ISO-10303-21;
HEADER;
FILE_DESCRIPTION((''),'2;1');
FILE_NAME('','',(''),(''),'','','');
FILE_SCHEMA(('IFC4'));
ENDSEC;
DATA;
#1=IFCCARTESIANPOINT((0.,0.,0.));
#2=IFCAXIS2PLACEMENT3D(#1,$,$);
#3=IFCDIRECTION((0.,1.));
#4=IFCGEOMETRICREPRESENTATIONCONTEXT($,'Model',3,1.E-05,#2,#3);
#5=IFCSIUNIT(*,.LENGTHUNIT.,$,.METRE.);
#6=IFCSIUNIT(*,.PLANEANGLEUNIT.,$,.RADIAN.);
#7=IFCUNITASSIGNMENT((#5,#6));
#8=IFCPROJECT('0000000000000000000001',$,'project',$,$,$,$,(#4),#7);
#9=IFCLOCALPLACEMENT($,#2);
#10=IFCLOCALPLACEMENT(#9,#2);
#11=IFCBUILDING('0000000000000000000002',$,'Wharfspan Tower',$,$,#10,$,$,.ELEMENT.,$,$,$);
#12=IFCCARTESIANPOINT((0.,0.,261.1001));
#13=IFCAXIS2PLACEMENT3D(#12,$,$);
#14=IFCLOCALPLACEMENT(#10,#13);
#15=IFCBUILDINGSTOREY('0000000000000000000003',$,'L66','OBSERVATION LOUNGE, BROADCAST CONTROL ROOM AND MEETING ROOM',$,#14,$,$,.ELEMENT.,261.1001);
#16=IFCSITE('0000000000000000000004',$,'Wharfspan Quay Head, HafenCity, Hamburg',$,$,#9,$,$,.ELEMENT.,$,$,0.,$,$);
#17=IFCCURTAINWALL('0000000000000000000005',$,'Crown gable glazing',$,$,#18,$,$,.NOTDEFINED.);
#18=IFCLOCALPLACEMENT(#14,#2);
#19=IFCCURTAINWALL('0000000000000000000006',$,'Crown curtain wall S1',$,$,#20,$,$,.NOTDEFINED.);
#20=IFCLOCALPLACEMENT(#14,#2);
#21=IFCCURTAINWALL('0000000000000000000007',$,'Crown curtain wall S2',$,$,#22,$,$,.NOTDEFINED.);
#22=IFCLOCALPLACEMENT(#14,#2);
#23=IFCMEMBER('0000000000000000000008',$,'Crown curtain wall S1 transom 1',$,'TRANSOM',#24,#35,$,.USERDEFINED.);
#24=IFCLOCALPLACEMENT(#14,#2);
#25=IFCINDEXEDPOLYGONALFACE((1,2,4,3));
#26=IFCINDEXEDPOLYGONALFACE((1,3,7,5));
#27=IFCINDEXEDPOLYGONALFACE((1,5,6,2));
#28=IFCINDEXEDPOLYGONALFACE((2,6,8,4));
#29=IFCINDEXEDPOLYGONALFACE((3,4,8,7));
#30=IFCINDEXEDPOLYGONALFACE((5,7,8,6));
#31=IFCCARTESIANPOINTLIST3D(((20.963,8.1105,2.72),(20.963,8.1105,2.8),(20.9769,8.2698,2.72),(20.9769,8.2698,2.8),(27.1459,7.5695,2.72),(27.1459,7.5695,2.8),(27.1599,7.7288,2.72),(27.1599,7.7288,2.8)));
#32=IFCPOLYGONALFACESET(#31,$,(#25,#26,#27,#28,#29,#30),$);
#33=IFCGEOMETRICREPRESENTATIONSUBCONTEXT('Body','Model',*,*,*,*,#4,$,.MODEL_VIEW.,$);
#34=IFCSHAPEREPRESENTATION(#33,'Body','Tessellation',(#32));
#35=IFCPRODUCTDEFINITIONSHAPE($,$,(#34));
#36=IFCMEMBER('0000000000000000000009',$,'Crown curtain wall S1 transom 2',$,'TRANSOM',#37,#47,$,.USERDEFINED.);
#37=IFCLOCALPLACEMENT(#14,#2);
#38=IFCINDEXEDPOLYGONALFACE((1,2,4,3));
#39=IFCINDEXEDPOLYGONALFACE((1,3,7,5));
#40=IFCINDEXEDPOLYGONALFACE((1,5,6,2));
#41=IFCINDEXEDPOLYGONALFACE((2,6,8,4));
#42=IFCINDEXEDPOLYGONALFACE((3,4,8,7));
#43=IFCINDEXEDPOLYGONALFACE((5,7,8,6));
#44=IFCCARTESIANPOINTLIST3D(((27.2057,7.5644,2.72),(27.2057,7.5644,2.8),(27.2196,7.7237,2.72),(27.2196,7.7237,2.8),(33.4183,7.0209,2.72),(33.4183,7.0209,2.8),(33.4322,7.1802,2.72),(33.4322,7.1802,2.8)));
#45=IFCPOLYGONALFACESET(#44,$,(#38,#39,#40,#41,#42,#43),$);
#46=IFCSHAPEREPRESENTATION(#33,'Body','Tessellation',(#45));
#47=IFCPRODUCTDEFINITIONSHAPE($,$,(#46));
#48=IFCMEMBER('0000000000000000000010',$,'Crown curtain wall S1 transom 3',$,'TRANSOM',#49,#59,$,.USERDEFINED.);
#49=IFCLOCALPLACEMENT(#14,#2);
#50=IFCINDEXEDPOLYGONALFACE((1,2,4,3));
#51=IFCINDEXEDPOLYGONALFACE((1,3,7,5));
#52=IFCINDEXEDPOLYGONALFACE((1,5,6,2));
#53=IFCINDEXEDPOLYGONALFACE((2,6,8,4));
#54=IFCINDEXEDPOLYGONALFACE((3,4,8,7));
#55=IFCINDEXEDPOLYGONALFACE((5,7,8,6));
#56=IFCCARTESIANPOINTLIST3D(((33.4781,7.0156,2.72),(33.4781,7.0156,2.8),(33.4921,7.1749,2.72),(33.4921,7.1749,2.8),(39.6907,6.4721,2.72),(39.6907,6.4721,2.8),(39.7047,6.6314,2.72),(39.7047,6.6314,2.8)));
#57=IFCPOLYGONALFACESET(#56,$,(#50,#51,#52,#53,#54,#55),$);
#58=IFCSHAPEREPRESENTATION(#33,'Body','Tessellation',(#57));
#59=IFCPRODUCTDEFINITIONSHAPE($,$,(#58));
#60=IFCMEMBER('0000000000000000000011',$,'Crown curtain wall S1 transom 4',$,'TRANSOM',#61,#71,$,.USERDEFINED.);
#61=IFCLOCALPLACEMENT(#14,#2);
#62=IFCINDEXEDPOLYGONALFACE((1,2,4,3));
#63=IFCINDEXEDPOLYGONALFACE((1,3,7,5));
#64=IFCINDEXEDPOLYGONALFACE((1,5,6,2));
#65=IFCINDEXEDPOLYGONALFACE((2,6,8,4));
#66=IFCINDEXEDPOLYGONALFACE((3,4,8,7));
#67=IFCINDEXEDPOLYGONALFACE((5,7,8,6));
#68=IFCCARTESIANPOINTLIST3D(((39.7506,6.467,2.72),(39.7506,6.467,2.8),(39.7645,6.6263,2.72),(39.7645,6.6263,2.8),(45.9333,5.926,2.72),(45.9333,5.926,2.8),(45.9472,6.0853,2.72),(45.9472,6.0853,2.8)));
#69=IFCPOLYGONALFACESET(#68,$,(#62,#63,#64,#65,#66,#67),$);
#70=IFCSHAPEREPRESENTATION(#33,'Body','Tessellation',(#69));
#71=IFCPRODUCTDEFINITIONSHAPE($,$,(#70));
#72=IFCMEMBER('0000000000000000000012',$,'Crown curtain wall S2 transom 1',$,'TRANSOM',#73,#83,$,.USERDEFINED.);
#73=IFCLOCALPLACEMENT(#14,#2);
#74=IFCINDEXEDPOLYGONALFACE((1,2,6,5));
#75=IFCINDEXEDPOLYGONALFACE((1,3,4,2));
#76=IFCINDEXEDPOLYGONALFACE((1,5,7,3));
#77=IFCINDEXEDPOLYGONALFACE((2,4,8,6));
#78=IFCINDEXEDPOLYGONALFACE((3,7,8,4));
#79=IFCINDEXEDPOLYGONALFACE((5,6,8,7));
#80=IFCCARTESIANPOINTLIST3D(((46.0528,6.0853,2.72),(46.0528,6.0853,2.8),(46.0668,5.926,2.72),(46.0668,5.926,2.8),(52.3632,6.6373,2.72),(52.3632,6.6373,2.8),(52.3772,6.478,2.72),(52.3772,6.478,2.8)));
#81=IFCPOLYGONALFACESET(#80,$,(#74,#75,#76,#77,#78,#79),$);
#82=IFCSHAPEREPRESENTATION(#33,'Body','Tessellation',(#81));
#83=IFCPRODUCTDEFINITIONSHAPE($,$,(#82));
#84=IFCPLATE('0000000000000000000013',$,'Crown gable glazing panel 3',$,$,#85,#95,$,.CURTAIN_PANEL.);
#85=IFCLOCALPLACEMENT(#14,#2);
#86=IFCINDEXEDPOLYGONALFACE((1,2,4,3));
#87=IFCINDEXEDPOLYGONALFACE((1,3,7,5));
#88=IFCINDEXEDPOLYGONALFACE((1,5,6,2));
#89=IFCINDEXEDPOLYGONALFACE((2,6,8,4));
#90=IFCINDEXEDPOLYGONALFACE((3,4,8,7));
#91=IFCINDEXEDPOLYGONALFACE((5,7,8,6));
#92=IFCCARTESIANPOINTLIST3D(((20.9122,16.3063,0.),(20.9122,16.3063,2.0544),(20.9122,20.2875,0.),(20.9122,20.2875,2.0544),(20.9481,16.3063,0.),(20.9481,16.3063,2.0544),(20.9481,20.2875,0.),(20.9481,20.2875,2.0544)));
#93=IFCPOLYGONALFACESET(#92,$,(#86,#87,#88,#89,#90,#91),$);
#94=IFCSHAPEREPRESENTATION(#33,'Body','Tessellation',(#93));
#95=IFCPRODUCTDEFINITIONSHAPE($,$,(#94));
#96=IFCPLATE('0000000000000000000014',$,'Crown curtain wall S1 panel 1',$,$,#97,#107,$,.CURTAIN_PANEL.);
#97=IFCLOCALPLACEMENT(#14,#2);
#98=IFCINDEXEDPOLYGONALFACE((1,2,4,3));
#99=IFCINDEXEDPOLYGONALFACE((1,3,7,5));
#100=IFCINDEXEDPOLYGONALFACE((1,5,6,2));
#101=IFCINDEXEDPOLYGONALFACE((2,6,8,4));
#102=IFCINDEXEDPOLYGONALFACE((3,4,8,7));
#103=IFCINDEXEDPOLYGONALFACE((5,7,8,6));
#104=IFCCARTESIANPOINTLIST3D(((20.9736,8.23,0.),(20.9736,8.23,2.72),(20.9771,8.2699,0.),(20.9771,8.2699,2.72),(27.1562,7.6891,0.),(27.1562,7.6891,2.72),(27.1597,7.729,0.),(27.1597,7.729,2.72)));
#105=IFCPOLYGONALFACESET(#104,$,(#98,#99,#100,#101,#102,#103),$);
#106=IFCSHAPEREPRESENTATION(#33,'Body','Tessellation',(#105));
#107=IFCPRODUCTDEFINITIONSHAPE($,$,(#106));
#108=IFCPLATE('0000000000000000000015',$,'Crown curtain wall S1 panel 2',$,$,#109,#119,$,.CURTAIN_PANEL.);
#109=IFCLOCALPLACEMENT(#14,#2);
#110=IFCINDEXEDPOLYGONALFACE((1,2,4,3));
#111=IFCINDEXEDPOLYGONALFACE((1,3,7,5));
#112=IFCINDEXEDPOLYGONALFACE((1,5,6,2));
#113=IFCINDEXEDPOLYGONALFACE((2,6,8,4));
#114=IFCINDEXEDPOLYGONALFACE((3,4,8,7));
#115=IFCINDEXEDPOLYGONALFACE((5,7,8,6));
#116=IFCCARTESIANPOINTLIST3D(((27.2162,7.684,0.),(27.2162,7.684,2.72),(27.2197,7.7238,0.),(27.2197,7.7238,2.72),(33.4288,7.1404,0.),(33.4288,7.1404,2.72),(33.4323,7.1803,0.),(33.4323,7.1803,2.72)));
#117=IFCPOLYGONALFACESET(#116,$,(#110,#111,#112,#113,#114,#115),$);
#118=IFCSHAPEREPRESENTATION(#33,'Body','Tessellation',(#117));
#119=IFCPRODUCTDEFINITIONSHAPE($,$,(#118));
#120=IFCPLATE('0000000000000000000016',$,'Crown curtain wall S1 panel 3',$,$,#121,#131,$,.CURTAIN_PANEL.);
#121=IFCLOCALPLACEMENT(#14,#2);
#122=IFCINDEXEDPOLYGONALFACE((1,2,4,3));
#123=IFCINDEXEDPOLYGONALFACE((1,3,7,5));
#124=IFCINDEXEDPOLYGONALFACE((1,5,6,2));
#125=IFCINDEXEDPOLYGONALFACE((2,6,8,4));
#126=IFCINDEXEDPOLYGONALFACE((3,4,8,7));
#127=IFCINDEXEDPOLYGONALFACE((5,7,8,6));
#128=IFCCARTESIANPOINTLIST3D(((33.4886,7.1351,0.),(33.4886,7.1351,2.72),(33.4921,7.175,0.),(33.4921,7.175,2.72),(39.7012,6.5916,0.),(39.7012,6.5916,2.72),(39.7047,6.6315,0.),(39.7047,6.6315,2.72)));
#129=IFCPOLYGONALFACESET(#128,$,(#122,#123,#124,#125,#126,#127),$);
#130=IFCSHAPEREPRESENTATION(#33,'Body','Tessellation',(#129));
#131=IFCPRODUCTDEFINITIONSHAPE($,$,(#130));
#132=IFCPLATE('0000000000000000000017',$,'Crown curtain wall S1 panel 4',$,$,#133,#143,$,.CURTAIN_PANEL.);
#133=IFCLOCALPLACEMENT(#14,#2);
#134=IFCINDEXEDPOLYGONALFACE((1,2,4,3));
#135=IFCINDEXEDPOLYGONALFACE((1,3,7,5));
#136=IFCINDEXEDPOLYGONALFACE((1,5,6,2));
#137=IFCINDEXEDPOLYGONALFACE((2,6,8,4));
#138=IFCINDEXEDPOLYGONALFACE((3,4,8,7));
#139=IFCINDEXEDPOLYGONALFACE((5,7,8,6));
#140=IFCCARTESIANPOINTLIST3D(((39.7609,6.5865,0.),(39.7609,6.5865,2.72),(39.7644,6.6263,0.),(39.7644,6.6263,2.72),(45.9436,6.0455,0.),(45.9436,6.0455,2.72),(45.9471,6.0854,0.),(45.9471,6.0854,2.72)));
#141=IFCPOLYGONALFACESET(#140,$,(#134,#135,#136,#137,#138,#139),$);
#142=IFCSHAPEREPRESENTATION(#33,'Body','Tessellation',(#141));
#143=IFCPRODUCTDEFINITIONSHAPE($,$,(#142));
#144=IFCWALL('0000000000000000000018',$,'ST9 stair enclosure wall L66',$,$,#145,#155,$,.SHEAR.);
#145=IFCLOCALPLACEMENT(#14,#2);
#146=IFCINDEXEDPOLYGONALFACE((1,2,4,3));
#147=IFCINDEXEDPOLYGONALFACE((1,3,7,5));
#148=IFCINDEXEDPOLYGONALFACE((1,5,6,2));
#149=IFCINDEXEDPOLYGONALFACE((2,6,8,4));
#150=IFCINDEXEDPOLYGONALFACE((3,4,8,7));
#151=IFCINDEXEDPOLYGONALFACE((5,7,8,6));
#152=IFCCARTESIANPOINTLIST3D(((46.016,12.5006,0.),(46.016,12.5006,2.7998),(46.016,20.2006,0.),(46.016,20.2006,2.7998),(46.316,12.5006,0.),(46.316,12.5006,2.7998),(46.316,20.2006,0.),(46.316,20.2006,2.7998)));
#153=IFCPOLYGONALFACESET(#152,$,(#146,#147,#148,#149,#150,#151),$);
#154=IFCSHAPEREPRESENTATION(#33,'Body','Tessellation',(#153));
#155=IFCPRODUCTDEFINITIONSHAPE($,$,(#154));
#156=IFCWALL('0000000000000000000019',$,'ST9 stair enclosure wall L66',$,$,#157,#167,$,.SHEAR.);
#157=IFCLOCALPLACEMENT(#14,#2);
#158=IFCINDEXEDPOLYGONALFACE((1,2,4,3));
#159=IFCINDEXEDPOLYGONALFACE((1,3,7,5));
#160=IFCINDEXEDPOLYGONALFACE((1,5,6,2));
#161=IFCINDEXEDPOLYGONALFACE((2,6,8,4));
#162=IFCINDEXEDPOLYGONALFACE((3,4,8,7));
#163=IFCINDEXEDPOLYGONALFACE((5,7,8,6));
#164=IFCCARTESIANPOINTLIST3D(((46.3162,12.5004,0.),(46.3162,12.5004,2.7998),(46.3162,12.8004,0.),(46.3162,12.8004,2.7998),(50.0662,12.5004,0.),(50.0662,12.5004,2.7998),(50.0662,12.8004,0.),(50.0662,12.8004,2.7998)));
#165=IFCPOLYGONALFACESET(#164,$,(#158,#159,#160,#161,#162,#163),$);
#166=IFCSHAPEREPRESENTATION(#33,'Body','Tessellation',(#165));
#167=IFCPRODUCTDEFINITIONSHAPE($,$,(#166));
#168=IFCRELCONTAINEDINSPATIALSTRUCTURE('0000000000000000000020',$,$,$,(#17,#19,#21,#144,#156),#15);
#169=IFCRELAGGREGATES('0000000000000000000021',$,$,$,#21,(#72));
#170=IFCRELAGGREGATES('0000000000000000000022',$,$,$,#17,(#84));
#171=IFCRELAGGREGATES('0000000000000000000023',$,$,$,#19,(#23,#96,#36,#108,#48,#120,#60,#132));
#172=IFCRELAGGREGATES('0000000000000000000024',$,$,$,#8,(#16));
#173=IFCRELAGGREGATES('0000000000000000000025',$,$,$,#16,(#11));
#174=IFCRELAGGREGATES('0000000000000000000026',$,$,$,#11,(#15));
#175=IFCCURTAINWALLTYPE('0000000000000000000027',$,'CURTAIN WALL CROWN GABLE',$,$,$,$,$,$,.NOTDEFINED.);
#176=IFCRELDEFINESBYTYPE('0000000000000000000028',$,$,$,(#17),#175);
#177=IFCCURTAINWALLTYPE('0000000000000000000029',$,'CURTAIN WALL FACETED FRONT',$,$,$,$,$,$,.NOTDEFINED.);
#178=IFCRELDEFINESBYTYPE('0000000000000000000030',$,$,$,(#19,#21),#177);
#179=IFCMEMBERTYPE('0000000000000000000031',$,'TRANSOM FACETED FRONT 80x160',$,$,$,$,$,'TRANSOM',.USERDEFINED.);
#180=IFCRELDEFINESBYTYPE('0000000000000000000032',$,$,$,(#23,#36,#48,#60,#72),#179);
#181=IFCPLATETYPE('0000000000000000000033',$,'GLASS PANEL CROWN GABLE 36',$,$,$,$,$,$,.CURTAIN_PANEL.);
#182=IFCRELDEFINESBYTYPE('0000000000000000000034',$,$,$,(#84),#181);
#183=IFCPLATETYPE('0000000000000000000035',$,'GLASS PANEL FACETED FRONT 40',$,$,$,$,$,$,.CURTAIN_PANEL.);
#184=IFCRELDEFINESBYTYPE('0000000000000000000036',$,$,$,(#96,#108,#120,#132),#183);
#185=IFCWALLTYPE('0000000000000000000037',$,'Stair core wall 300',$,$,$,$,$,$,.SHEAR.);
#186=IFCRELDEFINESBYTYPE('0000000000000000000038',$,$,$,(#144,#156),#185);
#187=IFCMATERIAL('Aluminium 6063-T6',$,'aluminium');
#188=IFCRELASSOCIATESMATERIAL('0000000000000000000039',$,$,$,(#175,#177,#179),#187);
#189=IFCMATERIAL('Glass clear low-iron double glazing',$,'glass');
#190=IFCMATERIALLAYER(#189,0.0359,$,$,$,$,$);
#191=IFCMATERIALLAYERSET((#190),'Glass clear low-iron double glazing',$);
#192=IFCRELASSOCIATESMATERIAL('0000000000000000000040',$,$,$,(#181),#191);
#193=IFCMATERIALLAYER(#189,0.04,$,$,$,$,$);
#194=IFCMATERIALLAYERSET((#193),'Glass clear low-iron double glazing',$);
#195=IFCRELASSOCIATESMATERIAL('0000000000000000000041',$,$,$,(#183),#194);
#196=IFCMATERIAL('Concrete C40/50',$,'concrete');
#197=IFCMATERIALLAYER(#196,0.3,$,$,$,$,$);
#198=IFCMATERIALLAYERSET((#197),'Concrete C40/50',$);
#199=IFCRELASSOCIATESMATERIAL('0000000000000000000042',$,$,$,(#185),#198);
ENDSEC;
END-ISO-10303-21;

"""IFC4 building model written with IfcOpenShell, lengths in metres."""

from ifc_helpers import new_model, si_unit, direction, frame, frame_2d, origin, origin_2d, place, context, subcontext, project, spatial, rectangle, extrude, material, layer, layer_set, material_profile, profile_set, type_object, element, aggregate, save


model = new_model("IFC4")

# Units and contexts
model_context = context("Model", 3, precision=1e-05, world=origin(), true_north=direction((0.0, 1.0)))
body_context = subcontext(model_context, "Body", "Model", "MODEL_VIEW")
ifc_project = project(units=[si_unit("LENGTHUNIT", "METRE"), si_unit("PLANEANGLEUNIT", "RADIAN")], contexts=[model_context])

# Site, building, storey
site_placement = place(None, origin())
site = spatial("IfcSite", under=ifc_project, at=site_placement, Name="Wharfspan Quay Head, HafenCity, Hamburg", CompositionType="ELEMENT", RefElevation=0.0)
building_placement = place(site_placement, origin())
building = spatial("IfcBuilding", under=site, at=building_placement, Name="Wharfspan Tower", CompositionType="ELEMENT")
storey_placement = place(building_placement, frame((0.0, 0.0, 261.1001)))
storey = spatial("IfcBuildingStorey", under=building, at=storey_placement, Name="L66", Description="OBSERVATION LOUNGE, BROADCAST CONTROL ROOM AND MEETING ROOM", CompositionType="ELEMENT", Elevation=261.1001)

# Curtain wall
ifc_material_1 = material(Name="Aluminium 6063-T6", Category="aluminium")
curtain_wall_type_1 = type_object("IfcCurtainWallType", Name="CURTAIN WALL CROWN GABLE", PredefinedType="NOTDEFINED", material=ifc_material_1)
curtain_wall_1_placement = place(storey_placement, origin())
curtain_wall_1 = element("IfcCurtainWall", 1, at=curtain_wall_1_placement, inside=storey, type_object=curtain_wall_type_1, Name="Crown gable glazing", PredefinedType="NOTDEFINED")

# Curtain wall
curtain_wall_type_2 = type_object("IfcCurtainWallType", Name="CURTAIN WALL FACETED FRONT", PredefinedType="NOTDEFINED", material=ifc_material_1)
curtain_wall_2_placement = place(storey_placement, origin())
curtain_wall_2 = element("IfcCurtainWall", 2, at=curtain_wall_2_placement, inside=storey, type_object=curtain_wall_type_2, Name="Crown curtain wall S1", PredefinedType="NOTDEFINED")

# Curtain wall
curtain_wall_3_placement = place(storey_placement, origin())
curtain_wall_3 = element("IfcCurtainWall", 3, at=curtain_wall_3_placement, inside=storey, type_object=curtain_wall_type_2, Name="Crown curtain wall S2", PredefinedType="NOTDEFINED")

# Members
ifc_material_profile_1 = material_profile(ifc_material_1, rectangle(XDim=0.1599, YDim=0.0801, at=origin_2d()))
ifc_profile_set_1 = profile_set([ifc_material_profile_1], Name="Aluminium 6063-T6")
member_type_1 = type_object("IfcMemberType", Name="TRANSOM FACETED FRONT 80x160", ElementType="TRANSOM", PredefinedType="USERDEFINED", material=ifc_profile_set_1)
member_1_placement = place(storey_placement, frame((20.97, 8.1902, 2.76), z_axis=(0.996194, -0.087169, 0.0), x_axis=(0.087169, 0.996194, 0.0)))
member_1 = element("IfcMember", 4, at=member_1_placement, type_object=member_type_1, Name="Crown curtain wall S1 transom 1", ObjectType="TRANSOM", PredefinedType="USERDEFINED", context=body_context, shape_type="SweptSolid", body=[
    extrude(rectangle(XDim=0.1599, YDim=0.0801, at=origin_2d()), origin(), (0.0, 0.0, 1.0), 6.2065),
])
member_2_placement = place(storey_placement, frame((27.2126, 7.644, 2.76), z_axis=(0.996196, -0.087143, 0.0), x_axis=(0.087143, 0.996196, 0.0)))
member_2 = element("IfcMember", 5, at=member_2_placement, type_object=member_type_1, Name="Crown curtain wall S1 transom 2", ObjectType="TRANSOM", PredefinedType="USERDEFINED", context=body_context, shape_type="SweptSolid", body=[
    extrude(rectangle(XDim=0.1599, YDim=0.0801, at=origin_2d()), origin(), (0.0, 0.0, 1.0), 6.2363),
])
member_3_placement = place(storey_placement, frame((33.4851, 7.0952, 2.76), z_axis=(0.996196, -0.087143, 0.0), x_axis=(0.087143, 0.996196, 0.0)))
member_3 = element("IfcMember", 6, at=member_3_placement, type_object=member_type_1, Name="Crown curtain wall S1 transom 3", ObjectType="TRANSOM", PredefinedType="USERDEFINED", context=body_context, shape_type="SweptSolid", body=[
    extrude(rectangle(XDim=0.1599, YDim=0.0801, at=origin_2d()), origin(), (0.0, 0.0, 1.0), 6.2363),
])
member_4_placement = place(storey_placement, frame((39.7576, 6.5466, 2.76), z_axis=(0.996193, -0.087173, 0.0), x_axis=(0.087173, 0.996193, 0.0)))
member_4 = element("IfcMember", 7, at=member_4_placement, type_object=member_type_1, Name="Crown curtain wall S1 transom 4", ObjectType="TRANSOM", PredefinedType="USERDEFINED", context=body_context, shape_type="SweptSolid", body=[
    extrude(rectangle(XDim=0.1599, YDim=0.0801, at=origin_2d()), origin(), (0.0, 0.0, 1.0), 6.2063),
])
member_5_placement = place(storey_placement, frame((46.0598, 6.0056, 2.76), z_axis=(0.996196, 0.087144, 0.0), x_axis=(-0.087144, 0.996196, 0.0)))
member_5 = element("IfcMember", 8, at=member_5_placement, type_object=member_type_1, Name="Crown curtain wall S2 transom 1", ObjectType="TRANSOM", PredefinedType="USERDEFINED", context=body_context, shape_type="SweptSolid", body=[
    extrude(rectangle(XDim=0.1599, YDim=0.0801, at=origin_2d()), origin(), (0.0, 0.0, 1.0), 6.3345),
])
aggregate(curtain_wall_3, [member_5])

# Plates
ifc_material_2 = material(Name="Glass clear low-iron double glazing", Category="glass")
ifc_layer_1 = layer(ifc_material_2, 0.0359)
ifc_layer_set_1 = layer_set([ifc_layer_1], Name="Glass clear low-iron double glazing")
plate_type_1 = type_object("IfcPlateType", Name="GLASS PANEL CROWN GABLE 36", PredefinedType="CURTAIN_PANEL", material=ifc_layer_set_1)
plate_1_placement = place(storey_placement, frame((20.9302, 18.2969, 0.0), z_axis=(0.0, 0.0, 1.0), x_axis=(0.0, 1.0, 0.0)))
plate_1 = element("IfcPlate", 9, at=plate_1_placement, type_object=plate_type_1, Name="Crown gable glazing panel 3", PredefinedType="CURTAIN_PANEL", context=body_context, shape_type="SweptSolid", body=[
    extrude(rectangle(XDim=3.9812, YDim=0.0359, at=origin_2d()), origin(), (0.0, 0.0, 1.0), 2.0544),
])
aggregate(curtain_wall_1, [plate_1])
ifc_layer_2 = layer(ifc_material_2, 0.04)
ifc_layer_set_2 = layer_set([ifc_layer_2], Name="Glass clear low-iron double glazing")
plate_type_2 = type_object("IfcPlateType", Name="GLASS PANEL FACETED FRONT 40", PredefinedType="CURTAIN_PANEL", material=ifc_layer_set_2)
plate_2_placement = place(storey_placement, frame((24.0666, 7.9795, 0.0), z_axis=(0.0, 0.0, 1.0), x_axis=(0.996198, -0.087156, 0.0)))
plate_2 = element("IfcPlate", 10, at=plate_2_placement, type_object=plate_type_2, Name="Crown curtain wall S1 panel 1", PredefinedType="CURTAIN_PANEL", context=body_context, shape_type="SweptSolid", body=[
    extrude(rectangle(XDim=6.2063, YDim=0.04, at=origin_2d()), origin(), (0.0, 0.0, 1.0), 2.72),
])
plate_3_placement = place(storey_placement, frame((30.3242, 7.4321, 0.0), z_axis=(0.0, 0.0, 1.0), x_axis=(0.996198, -0.087156, 0.0)))
plate_3 = element("IfcPlate", 11, at=plate_3_placement, type_object=plate_type_2, Name="Crown curtain wall S1 panel 2", PredefinedType="CURTAIN_PANEL", context=body_context, shape_type="SweptSolid", body=[
    extrude(rectangle(XDim=6.2363, YDim=0.04, at=origin_2d()), origin(), (0.0, 0.0, 1.0), 2.72),
])
plate_4_placement = place(storey_placement, frame((36.5967, 6.8833, 0.0), z_axis=(0.0, 0.0, 1.0), x_axis=(0.996198, -0.087156, 0.0)))
plate_4 = element("IfcPlate", 12, at=plate_4_placement, type_object=plate_type_2, Name="Crown curtain wall S1 panel 3", PredefinedType="CURTAIN_PANEL", context=body_context, shape_type="SweptSolid", body=[
    extrude(rectangle(XDim=6.2363, YDim=0.04, at=origin_2d()), origin(), (0.0, 0.0, 1.0), 2.72),
])
plate_5_placement = place(storey_placement, frame((42.854, 6.3359, 0.0), z_axis=(0.0, 0.0, 1.0), x_axis=(0.996198, -0.087156, 0.0)))
plate_5 = element("IfcPlate", 13, at=plate_5_placement, type_object=plate_type_2, Name="Crown curtain wall S1 panel 4", PredefinedType="CURTAIN_PANEL", context=body_context, shape_type="SweptSolid", body=[
    extrude(rectangle(XDim=6.2063, YDim=0.04, at=origin_2d()), origin(), (0.0, 0.0, 1.0), 2.72),
])
aggregate(curtain_wall_2, [member_1, plate_2, member_2, plate_3, member_3, plate_4, member_4, plate_5])

# Walls
ifc_material_3 = material(Name="Concrete C40/50", Category="concrete")
ifc_layer_3 = layer(ifc_material_3, 0.3)
ifc_layer_set_3 = layer_set([ifc_layer_3], Name="Concrete C40/50")
wall_type = type_object("IfcWallType", Name="Stair core wall 300", PredefinedType="SHEAR", material=ifc_layer_set_3)
wall_1_placement = place(storey_placement, frame((46.166, 12.5005, 0.0), z_axis=(0.0, 0.0, 1.0), x_axis=(0.0, 1.0, 0.0)))
element("IfcWall", 14, at=wall_1_placement, inside=storey, type_object=wall_type, Name="ST9 stair enclosure wall L66", PredefinedType="SHEAR", context=body_context, shape_type="SweptSolid", body=[
    extrude(rectangle(XDim=7.7, YDim=0.3, at=frame_2d((3.8501, 0.0))), origin(), (0.0, 0.0, 1.0), 2.7998),
])
wall_2_placement = place(storey_placement, frame((46.3162, 12.6504, 0.0), z_axis=(0.0, 0.0, 1.0), x_axis=(1.0, 0.0, 0.0)))
element("IfcWall", 15, at=wall_2_placement, inside=storey, type_object=wall_type, Name="ST9 stair enclosure wall L66", PredefinedType="SHEAR", context=body_context, shape_type="SweptSolid", body=[
    extrude(rectangle(XDim=3.75, YDim=0.3, at=frame_2d((1.875, 0.0))), origin(), (0.0, 0.0, 1.0), 2.7998),
])

save(model, "model.ifc")
